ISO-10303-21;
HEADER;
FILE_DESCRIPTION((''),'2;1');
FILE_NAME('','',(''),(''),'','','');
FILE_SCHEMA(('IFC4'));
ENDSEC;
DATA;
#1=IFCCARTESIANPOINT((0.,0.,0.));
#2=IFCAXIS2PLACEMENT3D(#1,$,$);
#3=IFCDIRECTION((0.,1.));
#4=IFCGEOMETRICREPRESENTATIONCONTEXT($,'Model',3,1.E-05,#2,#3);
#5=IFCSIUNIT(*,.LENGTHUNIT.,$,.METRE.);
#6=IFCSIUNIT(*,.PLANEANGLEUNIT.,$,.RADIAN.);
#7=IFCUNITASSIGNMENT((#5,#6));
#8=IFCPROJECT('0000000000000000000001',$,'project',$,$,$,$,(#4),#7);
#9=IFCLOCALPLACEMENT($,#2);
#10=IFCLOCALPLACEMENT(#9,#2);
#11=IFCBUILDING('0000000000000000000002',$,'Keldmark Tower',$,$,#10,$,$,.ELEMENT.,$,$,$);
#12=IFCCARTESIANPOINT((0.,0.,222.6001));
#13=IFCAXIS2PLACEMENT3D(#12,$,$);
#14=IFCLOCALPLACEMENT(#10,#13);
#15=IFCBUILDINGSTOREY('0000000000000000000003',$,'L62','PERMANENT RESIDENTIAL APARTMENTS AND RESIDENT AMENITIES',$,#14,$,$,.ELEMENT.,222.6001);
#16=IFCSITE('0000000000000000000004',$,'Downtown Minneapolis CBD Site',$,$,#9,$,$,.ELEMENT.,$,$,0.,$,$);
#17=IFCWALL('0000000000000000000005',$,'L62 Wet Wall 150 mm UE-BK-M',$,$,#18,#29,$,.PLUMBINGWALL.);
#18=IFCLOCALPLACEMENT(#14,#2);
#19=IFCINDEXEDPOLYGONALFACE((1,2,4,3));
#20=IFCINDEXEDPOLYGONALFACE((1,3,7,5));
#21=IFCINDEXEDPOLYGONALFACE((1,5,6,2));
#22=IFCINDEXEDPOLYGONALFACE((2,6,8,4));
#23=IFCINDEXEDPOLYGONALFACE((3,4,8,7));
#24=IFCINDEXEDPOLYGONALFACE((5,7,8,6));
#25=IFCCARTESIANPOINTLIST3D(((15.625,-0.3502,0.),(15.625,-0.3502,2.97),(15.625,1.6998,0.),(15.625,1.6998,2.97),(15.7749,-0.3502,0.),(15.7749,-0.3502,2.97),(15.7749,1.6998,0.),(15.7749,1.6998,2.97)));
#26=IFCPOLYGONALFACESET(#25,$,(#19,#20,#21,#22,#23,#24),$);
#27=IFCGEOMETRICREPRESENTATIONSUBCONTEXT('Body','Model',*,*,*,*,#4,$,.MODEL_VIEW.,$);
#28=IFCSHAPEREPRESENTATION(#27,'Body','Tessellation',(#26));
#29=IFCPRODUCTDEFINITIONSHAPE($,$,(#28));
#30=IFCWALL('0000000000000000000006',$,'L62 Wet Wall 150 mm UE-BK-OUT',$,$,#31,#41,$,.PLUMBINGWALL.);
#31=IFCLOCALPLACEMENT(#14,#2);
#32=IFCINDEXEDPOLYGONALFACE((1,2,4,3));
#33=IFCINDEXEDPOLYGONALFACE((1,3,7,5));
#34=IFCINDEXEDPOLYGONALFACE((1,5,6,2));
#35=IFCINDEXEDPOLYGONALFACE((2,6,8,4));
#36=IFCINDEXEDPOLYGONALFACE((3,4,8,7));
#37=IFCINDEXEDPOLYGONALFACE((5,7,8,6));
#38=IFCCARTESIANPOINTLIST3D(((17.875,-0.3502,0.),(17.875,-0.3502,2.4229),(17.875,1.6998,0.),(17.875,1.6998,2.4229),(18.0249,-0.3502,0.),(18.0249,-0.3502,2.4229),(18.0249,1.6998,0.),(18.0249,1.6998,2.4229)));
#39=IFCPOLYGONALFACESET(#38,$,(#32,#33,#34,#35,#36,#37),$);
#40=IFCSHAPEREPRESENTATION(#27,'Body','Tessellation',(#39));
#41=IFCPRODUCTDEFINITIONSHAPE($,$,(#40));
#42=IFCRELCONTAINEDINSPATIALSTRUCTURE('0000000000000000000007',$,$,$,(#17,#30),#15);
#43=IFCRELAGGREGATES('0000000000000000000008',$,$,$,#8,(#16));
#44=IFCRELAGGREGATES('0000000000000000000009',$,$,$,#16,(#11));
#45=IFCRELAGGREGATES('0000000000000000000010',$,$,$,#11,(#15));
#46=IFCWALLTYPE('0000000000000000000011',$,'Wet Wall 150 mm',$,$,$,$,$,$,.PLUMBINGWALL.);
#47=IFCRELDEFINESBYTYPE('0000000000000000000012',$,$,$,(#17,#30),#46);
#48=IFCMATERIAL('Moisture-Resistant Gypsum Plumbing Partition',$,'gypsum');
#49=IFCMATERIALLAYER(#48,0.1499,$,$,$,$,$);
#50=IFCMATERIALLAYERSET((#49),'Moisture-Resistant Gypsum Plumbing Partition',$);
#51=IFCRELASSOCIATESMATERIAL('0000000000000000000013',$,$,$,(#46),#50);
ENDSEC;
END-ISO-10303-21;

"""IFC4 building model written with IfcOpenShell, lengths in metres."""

from ifc_helpers import new_model, si_unit, direction, frame, frame_2d, origin, place, context, subcontext, project, spatial, rectangle, extrude, material, layer, layer_set, type_object, element, save


model = new_model("IFC4")

# Units and contexts
model_context = context("Model", 3, precision=1e-05, world=origin(), true_north=direction((0.0, 1.0)))
body_context = subcontext(model_context, "Body", "Model", "MODEL_VIEW")
ifc_project = project(units=[si_unit("LENGTHUNIT", "METRE"), si_unit("PLANEANGLEUNIT", "RADIAN")], contexts=[model_context])

# Site, building, storey
site_placement = place(None, origin())
site = spatial("IfcSite", under=ifc_project, at=site_placement, Name="Downtown Minneapolis CBD Site", CompositionType="ELEMENT", RefElevation=0.0)
building_placement = place(site_placement, origin())
building = spatial("IfcBuilding", under=site, at=building_placement, Name="Keldmark Tower", CompositionType="ELEMENT")
storey_placement = place(building_placement, frame((0.0, 0.0, 222.6001)))
storey = spatial("IfcBuildingStorey", under=building, at=storey_placement, Name="L62", Description="PERMANENT RESIDENTIAL APARTMENTS AND RESIDENT AMENITIES", CompositionType="ELEMENT", Elevation=222.6001)

# Walls
ifc_material_1 = material(Name="Moisture-Resistant Gypsum Plumbing Partition", Category="gypsum")
ifc_layer_1 = layer(ifc_material_1, 0.1499)
ifc_layer_set_1 = layer_set([ifc_layer_1], Name="Moisture-Resistant Gypsum Plumbing Partition")
wall_type_1 = type_object("IfcWallType", Name="Wet Wall 150 mm", PredefinedType="PLUMBINGWALL", material=ifc_layer_set_1)
wall_1_placement = place(storey_placement, frame((15.7, -0.3501, 0.0), z_axis=(0.0, 0.0, 1.0), x_axis=(0.0, 1.0, 0.0)))
element("IfcWall", 1, at=wall_1_placement, inside=storey, type_object=wall_type_1, Name="L62 Wet Wall 150 mm UE-BK-M", PredefinedType="PLUMBINGWALL", context=body_context, shape_type="SweptSolid", body=[
    extrude(rectangle(XDim=2.05, YDim=0.1499, at=frame_2d((1.0249, 0.0))), origin(), (0.0, 0.0, 1.0), 2.97),
])
wall_2_placement = place(storey_placement, frame((17.95, -0.3501, 0.0), z_axis=(0.0, 0.0, 1.0), x_axis=(0.0, 1.0, 0.0)))
element("IfcWall", 2, at=wall_2_placement, inside=storey, type_object=wall_type_1, Name="L62 Wet Wall 150 mm UE-BK-OUT", PredefinedType="PLUMBINGWALL", context=body_context, shape_type="SweptSolid", body=[
    extrude(rectangle(XDim=2.05, YDim=0.1499, at=frame_2d((1.0249, 0.0))), origin(), (0.0, 0.0, 1.0), 2.4229),
])

save(model, "model.ifc")
